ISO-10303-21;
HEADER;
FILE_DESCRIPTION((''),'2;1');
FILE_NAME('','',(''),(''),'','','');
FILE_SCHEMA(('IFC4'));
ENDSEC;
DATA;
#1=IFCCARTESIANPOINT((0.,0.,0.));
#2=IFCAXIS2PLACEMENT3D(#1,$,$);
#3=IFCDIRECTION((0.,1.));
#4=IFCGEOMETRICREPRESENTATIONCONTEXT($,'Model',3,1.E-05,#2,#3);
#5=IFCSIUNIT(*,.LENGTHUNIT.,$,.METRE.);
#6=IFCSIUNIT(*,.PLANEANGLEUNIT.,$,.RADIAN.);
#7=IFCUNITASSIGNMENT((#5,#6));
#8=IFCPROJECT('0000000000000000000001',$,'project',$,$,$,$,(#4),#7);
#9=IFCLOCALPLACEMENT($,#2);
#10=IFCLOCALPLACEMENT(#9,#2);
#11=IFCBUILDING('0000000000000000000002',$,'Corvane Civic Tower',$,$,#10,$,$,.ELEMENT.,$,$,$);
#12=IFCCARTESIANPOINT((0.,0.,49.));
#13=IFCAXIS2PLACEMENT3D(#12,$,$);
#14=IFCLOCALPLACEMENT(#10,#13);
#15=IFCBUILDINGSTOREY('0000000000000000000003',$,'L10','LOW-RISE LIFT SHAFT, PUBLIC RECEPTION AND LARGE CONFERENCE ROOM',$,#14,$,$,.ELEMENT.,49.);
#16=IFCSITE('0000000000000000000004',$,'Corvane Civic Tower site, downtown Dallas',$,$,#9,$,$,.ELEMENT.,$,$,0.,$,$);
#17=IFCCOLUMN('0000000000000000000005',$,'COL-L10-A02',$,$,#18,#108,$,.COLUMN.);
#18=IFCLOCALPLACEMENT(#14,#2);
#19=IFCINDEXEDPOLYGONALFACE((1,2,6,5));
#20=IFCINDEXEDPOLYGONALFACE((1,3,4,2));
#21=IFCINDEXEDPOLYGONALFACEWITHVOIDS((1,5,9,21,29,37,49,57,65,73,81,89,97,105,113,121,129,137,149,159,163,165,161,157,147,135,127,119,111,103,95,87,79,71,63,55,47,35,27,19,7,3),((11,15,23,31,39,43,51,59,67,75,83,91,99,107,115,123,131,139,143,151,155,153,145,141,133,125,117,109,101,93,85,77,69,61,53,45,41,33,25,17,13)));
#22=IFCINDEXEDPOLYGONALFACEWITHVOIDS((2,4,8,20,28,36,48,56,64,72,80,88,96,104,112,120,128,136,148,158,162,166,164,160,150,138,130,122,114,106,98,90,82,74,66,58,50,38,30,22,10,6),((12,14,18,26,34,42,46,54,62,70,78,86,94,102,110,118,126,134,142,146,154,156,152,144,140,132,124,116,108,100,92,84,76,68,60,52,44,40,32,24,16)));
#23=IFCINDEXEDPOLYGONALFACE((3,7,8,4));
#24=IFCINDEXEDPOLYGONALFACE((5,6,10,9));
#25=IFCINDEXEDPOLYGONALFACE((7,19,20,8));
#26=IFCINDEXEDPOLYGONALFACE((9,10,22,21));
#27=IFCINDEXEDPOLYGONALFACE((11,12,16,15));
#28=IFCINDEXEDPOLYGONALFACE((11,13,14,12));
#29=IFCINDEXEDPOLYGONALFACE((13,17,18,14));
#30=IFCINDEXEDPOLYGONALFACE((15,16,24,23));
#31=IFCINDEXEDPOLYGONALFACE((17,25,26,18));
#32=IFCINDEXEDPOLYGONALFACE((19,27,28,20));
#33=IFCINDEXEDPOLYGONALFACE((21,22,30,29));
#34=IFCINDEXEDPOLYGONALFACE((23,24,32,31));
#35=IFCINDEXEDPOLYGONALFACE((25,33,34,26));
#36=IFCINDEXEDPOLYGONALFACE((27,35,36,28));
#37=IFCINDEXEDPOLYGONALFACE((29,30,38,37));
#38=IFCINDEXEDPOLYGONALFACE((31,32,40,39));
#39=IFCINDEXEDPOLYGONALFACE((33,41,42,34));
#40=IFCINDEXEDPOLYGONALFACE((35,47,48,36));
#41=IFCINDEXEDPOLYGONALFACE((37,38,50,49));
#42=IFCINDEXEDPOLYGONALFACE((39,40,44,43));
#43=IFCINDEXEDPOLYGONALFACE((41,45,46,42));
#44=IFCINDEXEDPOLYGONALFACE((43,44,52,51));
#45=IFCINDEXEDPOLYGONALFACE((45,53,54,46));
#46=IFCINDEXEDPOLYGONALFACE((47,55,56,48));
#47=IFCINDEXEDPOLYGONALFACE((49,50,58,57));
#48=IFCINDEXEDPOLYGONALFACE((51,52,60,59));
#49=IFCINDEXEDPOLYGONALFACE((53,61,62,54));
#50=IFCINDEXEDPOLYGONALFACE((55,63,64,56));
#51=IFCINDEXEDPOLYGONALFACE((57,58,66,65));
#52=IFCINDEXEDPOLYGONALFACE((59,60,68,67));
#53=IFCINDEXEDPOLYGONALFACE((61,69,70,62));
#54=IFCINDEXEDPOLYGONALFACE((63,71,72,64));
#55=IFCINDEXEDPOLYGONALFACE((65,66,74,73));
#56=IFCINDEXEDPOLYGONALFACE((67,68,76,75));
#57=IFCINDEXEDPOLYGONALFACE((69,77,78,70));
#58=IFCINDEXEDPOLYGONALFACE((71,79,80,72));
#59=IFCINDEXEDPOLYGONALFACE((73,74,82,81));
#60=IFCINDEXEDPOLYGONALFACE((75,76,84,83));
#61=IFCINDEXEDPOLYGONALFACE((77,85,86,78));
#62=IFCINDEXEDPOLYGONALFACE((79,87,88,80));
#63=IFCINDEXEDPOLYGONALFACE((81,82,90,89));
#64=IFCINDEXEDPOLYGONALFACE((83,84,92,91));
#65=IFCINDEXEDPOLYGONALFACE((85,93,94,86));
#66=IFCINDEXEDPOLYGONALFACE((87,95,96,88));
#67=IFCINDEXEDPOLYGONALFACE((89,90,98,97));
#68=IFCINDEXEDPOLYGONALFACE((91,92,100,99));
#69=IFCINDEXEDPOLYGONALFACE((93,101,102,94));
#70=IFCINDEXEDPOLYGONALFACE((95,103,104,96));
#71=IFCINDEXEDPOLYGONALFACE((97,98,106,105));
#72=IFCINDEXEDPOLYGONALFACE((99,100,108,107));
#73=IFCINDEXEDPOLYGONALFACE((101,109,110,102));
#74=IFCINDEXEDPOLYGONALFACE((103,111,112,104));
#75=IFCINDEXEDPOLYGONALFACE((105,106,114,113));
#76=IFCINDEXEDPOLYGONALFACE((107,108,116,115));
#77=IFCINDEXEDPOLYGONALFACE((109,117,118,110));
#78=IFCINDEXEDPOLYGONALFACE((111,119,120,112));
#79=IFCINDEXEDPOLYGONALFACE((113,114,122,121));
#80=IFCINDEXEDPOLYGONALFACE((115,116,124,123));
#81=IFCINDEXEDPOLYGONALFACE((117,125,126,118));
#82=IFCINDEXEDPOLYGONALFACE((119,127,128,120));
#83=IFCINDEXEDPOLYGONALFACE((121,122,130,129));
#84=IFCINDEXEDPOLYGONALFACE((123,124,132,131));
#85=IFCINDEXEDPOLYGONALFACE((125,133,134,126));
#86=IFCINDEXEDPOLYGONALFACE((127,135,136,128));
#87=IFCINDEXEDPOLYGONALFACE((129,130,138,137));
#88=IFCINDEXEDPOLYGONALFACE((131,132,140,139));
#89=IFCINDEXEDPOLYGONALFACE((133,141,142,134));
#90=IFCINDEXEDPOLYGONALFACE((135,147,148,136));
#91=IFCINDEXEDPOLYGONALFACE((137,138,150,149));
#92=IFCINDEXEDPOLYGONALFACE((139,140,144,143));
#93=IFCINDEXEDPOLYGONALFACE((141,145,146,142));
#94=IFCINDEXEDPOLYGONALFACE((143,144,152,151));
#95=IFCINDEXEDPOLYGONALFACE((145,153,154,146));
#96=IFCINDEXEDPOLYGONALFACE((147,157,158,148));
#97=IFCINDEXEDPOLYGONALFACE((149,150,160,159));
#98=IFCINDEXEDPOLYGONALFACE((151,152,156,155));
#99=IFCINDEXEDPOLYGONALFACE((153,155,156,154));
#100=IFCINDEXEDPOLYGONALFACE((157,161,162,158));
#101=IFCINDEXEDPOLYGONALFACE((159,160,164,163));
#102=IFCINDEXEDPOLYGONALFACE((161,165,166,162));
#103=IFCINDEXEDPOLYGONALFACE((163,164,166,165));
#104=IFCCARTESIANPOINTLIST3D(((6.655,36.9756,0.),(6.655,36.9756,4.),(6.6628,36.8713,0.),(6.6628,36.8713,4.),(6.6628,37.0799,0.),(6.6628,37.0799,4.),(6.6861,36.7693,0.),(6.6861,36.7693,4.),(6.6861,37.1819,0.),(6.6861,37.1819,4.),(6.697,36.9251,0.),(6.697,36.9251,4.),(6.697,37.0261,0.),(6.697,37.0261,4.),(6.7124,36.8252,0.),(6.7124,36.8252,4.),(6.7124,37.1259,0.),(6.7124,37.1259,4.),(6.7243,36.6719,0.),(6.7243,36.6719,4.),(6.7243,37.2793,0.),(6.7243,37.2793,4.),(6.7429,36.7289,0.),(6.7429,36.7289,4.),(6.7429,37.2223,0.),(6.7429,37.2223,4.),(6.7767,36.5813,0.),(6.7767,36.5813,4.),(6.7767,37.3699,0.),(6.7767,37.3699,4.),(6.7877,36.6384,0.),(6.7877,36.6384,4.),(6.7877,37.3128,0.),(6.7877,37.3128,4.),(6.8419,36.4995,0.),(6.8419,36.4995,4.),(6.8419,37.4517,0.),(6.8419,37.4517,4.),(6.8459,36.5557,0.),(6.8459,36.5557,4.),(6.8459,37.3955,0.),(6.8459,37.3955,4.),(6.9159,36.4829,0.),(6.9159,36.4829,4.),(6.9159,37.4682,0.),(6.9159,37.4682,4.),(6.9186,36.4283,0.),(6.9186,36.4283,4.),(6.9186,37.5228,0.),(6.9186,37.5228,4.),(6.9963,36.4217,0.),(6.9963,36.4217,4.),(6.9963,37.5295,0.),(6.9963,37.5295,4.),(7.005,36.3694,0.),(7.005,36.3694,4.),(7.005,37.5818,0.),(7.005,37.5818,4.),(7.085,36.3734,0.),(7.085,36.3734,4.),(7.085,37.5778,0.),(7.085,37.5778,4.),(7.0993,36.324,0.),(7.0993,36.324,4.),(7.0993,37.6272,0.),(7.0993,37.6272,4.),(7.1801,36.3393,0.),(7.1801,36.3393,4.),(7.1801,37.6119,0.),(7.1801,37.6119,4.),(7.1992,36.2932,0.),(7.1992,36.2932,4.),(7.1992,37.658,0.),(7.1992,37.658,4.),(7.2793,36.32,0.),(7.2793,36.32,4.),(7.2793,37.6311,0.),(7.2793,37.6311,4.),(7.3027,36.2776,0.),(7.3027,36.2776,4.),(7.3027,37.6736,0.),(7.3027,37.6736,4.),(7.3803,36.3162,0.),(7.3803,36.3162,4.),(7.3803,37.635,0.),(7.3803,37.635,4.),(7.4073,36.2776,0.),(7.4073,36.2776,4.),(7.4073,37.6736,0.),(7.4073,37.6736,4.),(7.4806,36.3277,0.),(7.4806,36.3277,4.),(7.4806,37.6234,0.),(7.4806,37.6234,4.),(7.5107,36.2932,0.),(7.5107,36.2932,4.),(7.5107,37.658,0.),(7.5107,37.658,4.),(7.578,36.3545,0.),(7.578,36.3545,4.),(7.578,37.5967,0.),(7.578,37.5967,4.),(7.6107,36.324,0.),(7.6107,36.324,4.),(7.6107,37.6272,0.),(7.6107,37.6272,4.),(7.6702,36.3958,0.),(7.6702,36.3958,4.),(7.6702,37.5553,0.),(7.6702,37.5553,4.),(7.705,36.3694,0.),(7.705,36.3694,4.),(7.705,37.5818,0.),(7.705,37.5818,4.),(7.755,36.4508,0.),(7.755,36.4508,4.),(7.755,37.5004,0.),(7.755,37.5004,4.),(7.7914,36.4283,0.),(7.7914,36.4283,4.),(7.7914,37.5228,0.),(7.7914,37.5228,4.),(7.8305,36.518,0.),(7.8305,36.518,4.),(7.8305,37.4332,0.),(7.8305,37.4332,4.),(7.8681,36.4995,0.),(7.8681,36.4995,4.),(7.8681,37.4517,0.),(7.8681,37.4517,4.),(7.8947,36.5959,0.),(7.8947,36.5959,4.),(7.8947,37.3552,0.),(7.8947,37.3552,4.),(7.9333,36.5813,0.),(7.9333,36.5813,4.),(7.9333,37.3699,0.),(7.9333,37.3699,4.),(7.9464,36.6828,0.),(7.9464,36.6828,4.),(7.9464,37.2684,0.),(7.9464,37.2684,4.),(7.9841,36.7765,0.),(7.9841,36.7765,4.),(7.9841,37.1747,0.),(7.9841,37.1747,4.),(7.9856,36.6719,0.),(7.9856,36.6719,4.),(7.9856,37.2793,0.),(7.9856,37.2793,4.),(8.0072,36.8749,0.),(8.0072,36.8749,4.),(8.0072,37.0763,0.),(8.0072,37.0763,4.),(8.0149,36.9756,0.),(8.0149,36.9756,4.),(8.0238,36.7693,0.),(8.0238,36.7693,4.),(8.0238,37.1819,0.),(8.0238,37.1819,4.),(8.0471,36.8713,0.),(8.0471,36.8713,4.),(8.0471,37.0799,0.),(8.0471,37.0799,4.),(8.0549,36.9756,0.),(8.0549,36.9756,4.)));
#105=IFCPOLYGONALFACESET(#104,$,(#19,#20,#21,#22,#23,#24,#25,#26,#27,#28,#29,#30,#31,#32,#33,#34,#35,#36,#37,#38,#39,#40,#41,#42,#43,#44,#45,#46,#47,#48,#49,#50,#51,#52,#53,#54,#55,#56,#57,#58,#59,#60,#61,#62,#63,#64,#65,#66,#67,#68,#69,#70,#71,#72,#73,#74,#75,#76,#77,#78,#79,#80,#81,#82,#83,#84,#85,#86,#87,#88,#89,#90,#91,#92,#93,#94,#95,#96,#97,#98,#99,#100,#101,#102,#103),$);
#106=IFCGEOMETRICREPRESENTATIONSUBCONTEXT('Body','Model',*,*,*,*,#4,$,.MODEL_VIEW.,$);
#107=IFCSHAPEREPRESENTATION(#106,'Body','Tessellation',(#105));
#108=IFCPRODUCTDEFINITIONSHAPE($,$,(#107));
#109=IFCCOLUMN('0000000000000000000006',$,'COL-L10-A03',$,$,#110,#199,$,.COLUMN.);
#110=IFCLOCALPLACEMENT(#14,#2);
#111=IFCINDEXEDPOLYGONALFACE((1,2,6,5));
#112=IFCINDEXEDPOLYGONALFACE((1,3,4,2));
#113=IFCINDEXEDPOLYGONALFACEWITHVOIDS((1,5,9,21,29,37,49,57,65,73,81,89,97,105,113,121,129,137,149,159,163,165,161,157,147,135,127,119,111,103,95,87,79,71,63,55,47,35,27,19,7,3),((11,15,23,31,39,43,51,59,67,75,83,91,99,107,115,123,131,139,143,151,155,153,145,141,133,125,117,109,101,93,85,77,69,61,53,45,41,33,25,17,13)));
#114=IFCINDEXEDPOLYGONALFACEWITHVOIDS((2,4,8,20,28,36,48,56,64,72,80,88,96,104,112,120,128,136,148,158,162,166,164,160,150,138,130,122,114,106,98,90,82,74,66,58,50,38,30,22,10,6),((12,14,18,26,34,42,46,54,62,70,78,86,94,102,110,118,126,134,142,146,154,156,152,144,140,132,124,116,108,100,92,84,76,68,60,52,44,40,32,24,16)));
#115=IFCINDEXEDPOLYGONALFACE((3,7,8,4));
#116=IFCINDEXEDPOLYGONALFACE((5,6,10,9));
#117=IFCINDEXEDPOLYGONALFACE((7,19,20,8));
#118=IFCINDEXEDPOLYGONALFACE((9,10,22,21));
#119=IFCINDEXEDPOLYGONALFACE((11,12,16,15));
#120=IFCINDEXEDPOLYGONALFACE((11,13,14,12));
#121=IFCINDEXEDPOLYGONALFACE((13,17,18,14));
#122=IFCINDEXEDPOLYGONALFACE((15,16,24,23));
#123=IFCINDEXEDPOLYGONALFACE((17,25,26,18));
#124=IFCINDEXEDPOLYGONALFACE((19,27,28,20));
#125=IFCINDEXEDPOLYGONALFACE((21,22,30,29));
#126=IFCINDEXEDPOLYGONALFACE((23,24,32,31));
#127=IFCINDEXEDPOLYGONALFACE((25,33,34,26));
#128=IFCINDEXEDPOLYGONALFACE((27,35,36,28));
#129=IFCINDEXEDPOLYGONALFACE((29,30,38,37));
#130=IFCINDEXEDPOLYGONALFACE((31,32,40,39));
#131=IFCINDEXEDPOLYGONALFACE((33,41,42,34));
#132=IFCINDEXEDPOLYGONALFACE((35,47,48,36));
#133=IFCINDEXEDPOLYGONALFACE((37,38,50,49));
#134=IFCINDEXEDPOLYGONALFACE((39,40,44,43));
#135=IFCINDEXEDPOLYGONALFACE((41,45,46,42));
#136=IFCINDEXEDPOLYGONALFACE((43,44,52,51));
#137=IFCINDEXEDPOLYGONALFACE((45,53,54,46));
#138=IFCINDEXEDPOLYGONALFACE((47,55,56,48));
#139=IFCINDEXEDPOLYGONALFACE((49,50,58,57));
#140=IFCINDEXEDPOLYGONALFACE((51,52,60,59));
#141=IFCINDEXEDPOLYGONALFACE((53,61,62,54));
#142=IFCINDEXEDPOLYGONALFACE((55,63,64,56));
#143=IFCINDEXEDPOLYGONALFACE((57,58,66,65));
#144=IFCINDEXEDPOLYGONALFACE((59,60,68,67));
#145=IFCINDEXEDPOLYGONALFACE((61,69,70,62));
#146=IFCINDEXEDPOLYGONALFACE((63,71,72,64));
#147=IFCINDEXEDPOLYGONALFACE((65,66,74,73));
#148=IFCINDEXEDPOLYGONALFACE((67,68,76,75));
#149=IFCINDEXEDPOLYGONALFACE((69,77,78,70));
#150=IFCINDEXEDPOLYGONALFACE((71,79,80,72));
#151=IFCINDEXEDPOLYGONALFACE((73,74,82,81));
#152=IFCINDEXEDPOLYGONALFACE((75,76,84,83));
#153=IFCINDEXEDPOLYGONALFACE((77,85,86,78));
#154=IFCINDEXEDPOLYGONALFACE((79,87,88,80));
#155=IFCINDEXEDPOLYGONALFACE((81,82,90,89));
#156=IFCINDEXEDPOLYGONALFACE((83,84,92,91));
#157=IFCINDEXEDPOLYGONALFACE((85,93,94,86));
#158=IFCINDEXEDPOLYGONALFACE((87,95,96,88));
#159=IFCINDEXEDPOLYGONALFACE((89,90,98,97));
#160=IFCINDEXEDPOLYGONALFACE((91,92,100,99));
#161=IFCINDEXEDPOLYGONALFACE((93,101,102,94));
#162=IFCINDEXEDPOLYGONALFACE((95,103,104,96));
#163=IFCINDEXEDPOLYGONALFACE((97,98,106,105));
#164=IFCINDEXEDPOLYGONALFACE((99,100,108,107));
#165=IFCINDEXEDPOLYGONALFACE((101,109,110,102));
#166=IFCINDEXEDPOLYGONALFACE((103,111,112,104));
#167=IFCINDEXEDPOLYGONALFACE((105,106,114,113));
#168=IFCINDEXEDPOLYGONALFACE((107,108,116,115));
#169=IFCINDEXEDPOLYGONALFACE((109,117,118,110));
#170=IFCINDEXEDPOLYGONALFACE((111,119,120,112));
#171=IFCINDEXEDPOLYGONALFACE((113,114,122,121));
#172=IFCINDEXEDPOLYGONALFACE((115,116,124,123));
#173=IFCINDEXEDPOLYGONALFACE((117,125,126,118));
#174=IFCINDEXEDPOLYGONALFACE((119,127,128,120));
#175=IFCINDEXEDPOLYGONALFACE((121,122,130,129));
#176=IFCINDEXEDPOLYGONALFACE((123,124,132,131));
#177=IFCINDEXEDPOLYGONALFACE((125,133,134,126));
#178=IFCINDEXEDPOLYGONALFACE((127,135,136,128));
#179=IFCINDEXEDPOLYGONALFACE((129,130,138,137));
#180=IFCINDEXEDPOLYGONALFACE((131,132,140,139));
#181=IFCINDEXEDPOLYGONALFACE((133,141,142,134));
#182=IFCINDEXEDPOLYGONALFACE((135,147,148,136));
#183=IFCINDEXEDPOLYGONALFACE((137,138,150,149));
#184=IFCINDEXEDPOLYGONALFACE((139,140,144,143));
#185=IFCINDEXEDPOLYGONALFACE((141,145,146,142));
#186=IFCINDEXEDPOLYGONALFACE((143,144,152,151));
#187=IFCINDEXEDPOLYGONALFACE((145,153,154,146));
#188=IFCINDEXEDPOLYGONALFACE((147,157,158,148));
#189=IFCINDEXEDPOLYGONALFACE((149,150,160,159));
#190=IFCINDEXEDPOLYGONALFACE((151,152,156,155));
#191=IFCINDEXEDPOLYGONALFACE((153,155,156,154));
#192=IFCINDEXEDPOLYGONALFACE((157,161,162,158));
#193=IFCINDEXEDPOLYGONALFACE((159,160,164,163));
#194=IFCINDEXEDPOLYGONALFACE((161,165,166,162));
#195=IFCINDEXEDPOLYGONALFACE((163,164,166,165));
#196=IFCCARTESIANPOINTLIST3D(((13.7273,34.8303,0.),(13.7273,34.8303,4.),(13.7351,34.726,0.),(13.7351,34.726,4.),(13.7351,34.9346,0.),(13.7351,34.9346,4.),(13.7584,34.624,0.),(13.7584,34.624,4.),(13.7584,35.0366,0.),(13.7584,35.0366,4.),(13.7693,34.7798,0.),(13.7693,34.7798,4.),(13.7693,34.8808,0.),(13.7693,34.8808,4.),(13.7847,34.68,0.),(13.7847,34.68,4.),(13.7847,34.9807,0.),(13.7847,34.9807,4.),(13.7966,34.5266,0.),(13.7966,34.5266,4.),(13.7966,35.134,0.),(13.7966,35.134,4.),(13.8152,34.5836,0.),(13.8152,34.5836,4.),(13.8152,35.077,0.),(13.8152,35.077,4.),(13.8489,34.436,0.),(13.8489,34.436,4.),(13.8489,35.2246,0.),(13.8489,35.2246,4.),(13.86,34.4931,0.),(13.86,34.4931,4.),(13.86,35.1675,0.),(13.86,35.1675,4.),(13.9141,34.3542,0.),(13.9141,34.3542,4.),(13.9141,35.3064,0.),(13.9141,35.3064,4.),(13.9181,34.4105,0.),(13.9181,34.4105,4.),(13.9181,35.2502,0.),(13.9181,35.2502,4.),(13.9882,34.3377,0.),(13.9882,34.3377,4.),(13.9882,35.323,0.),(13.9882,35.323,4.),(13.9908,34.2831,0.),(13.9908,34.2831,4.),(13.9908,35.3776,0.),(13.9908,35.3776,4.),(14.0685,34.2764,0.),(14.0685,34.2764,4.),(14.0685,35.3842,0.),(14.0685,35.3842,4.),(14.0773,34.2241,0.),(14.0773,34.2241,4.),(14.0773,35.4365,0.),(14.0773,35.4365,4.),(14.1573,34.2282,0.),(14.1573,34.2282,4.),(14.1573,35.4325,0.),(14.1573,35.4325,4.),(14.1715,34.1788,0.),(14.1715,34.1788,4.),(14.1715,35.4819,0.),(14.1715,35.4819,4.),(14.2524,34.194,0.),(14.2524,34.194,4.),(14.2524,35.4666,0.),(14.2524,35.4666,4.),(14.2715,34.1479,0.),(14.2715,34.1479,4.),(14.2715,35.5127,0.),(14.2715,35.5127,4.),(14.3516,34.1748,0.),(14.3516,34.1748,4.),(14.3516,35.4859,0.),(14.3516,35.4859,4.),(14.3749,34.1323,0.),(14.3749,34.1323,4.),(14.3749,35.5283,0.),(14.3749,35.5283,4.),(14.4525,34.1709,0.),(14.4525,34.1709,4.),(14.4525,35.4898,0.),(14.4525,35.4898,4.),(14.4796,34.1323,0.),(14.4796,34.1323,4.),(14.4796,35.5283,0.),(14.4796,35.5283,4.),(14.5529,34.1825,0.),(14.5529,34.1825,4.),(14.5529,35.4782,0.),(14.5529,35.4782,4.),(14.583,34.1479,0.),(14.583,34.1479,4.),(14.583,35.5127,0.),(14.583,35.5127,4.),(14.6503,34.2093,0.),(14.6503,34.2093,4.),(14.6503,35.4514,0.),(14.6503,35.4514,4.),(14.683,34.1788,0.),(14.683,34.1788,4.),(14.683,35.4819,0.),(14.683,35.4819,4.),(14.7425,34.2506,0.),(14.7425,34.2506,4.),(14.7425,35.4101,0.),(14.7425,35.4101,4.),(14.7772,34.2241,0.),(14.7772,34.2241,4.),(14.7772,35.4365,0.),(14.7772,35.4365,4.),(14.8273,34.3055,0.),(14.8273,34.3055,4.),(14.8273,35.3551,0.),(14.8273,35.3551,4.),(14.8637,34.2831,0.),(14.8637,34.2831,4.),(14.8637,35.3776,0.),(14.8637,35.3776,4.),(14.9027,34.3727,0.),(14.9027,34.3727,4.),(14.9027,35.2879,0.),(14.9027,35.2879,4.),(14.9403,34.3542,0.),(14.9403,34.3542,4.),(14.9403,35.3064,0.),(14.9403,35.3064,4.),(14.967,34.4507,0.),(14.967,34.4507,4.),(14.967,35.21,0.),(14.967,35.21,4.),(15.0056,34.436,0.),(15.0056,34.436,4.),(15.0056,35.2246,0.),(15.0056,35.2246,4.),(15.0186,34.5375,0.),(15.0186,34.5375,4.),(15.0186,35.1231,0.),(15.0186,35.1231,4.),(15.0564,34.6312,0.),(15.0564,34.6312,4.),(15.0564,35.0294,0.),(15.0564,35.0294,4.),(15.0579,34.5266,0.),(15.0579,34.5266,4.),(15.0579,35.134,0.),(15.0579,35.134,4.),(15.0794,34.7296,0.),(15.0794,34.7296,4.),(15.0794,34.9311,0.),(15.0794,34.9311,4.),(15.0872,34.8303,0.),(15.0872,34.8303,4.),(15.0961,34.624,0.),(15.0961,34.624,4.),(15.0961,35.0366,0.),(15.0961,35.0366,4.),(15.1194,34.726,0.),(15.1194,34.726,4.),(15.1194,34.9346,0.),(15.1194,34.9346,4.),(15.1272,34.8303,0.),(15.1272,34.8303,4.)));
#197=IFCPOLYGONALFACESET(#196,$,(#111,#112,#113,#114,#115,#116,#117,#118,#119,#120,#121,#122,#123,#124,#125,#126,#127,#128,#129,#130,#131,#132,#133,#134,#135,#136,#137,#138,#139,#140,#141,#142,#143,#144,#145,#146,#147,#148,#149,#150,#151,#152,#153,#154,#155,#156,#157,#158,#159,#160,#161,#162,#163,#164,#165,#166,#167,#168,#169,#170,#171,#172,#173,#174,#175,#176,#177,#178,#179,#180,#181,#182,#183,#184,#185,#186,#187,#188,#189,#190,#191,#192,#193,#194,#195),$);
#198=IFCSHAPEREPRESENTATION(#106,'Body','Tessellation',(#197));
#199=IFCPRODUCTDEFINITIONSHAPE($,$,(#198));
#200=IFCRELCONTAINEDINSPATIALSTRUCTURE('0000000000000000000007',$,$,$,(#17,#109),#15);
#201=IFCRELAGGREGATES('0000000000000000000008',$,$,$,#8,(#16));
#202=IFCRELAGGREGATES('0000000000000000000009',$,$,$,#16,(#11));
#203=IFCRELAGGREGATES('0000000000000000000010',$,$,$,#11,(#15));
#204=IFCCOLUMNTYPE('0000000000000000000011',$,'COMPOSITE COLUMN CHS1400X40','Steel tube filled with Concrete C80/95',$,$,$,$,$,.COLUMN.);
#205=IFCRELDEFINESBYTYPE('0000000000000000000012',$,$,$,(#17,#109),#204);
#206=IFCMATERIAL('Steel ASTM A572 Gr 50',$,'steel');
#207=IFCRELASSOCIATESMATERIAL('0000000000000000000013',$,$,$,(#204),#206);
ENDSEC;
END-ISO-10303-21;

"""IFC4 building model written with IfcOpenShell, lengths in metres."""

from ifc_helpers import new_model, si_unit, direction, frame, origin, origin_2d, place, context, subcontext, project, spatial, hollow_circle, extrude, material, material_profile, profile_set, type_object, element, save


model = new_model("IFC4")

# Units and contexts
model_context = context("Model", 3, precision=1e-05, world=origin(), true_north=direction((0.0, 1.0)))
body_context = subcontext(model_context, "Body", "Model", "MODEL_VIEW")
ifc_project = project(units=[si_unit("LENGTHUNIT", "METRE"), si_unit("PLANEANGLEUNIT", "RADIAN")], contexts=[model_context])

# Site, building, storey
site_placement = place(None, origin())
site = spatial("IfcSite", under=ifc_project, at=site_placement, Name="Corvane Civic Tower site, downtown Dallas", CompositionType="ELEMENT", RefElevation=0.0)
building_placement = place(site_placement, origin())
building = spatial("IfcBuilding", under=site, at=building_placement, Name="Corvane Civic Tower", CompositionType="ELEMENT")
storey_placement = place(building_placement, frame((0.0, 0.0, 49.0)))
storey = spatial("IfcBuildingStorey", under=building, at=storey_placement, Name="L10", Description="LOW-RISE LIFT SHAFT, PUBLIC RECEPTION AND LARGE CONFERENCE ROOM", CompositionType="ELEMENT", Elevation=49.0)

# Columns
ifc_material_1 = material(Name="Steel ASTM A572 Gr 50", Category="steel")
ifc_material_profile_1 = material_profile(ifc_material_1, hollow_circle(Radius=0.7, WallThickness=0.04, at=origin_2d()), Name="CHS1400X40")
ifc_profile_set_1 = profile_set([ifc_material_profile_1], Name="Steel ASTM A572 Gr 50")
column_type = type_object("IfcColumnType", Name="COMPOSITE COLUMN CHS1400X40", Description="Steel tube filled with Concrete C80/95", PredefinedType="COLUMN", material=ifc_profile_set_1)
for number, where, z_axis, x_axis, name in (
    (1, (7.355, 36.9756, 0.0), (0.0, 0.0, 1.0), (1.0, 0.0, 0.0), "COL-L10-A02"),
    (2, (14.4272, 34.8303, 0.0), (0.0, 0.0, 1.0), (1.0, 0.0, 0.0), "COL-L10-A03"),
):
    element("IfcColumn", number, at=place(storey_placement, frame(where, z_axis=z_axis, x_axis=x_axis)), inside=storey, type_object=column_type, Name=name, PredefinedType="COLUMN", context=body_context, shape_type="SweptSolid", body=[
        extrude(hollow_circle(Radius=0.7, WallThickness=0.04, at=origin_2d()), origin(), (0.0, 0.0, 1.0), 4.0),
    ])

save(model, "model.ifc")
